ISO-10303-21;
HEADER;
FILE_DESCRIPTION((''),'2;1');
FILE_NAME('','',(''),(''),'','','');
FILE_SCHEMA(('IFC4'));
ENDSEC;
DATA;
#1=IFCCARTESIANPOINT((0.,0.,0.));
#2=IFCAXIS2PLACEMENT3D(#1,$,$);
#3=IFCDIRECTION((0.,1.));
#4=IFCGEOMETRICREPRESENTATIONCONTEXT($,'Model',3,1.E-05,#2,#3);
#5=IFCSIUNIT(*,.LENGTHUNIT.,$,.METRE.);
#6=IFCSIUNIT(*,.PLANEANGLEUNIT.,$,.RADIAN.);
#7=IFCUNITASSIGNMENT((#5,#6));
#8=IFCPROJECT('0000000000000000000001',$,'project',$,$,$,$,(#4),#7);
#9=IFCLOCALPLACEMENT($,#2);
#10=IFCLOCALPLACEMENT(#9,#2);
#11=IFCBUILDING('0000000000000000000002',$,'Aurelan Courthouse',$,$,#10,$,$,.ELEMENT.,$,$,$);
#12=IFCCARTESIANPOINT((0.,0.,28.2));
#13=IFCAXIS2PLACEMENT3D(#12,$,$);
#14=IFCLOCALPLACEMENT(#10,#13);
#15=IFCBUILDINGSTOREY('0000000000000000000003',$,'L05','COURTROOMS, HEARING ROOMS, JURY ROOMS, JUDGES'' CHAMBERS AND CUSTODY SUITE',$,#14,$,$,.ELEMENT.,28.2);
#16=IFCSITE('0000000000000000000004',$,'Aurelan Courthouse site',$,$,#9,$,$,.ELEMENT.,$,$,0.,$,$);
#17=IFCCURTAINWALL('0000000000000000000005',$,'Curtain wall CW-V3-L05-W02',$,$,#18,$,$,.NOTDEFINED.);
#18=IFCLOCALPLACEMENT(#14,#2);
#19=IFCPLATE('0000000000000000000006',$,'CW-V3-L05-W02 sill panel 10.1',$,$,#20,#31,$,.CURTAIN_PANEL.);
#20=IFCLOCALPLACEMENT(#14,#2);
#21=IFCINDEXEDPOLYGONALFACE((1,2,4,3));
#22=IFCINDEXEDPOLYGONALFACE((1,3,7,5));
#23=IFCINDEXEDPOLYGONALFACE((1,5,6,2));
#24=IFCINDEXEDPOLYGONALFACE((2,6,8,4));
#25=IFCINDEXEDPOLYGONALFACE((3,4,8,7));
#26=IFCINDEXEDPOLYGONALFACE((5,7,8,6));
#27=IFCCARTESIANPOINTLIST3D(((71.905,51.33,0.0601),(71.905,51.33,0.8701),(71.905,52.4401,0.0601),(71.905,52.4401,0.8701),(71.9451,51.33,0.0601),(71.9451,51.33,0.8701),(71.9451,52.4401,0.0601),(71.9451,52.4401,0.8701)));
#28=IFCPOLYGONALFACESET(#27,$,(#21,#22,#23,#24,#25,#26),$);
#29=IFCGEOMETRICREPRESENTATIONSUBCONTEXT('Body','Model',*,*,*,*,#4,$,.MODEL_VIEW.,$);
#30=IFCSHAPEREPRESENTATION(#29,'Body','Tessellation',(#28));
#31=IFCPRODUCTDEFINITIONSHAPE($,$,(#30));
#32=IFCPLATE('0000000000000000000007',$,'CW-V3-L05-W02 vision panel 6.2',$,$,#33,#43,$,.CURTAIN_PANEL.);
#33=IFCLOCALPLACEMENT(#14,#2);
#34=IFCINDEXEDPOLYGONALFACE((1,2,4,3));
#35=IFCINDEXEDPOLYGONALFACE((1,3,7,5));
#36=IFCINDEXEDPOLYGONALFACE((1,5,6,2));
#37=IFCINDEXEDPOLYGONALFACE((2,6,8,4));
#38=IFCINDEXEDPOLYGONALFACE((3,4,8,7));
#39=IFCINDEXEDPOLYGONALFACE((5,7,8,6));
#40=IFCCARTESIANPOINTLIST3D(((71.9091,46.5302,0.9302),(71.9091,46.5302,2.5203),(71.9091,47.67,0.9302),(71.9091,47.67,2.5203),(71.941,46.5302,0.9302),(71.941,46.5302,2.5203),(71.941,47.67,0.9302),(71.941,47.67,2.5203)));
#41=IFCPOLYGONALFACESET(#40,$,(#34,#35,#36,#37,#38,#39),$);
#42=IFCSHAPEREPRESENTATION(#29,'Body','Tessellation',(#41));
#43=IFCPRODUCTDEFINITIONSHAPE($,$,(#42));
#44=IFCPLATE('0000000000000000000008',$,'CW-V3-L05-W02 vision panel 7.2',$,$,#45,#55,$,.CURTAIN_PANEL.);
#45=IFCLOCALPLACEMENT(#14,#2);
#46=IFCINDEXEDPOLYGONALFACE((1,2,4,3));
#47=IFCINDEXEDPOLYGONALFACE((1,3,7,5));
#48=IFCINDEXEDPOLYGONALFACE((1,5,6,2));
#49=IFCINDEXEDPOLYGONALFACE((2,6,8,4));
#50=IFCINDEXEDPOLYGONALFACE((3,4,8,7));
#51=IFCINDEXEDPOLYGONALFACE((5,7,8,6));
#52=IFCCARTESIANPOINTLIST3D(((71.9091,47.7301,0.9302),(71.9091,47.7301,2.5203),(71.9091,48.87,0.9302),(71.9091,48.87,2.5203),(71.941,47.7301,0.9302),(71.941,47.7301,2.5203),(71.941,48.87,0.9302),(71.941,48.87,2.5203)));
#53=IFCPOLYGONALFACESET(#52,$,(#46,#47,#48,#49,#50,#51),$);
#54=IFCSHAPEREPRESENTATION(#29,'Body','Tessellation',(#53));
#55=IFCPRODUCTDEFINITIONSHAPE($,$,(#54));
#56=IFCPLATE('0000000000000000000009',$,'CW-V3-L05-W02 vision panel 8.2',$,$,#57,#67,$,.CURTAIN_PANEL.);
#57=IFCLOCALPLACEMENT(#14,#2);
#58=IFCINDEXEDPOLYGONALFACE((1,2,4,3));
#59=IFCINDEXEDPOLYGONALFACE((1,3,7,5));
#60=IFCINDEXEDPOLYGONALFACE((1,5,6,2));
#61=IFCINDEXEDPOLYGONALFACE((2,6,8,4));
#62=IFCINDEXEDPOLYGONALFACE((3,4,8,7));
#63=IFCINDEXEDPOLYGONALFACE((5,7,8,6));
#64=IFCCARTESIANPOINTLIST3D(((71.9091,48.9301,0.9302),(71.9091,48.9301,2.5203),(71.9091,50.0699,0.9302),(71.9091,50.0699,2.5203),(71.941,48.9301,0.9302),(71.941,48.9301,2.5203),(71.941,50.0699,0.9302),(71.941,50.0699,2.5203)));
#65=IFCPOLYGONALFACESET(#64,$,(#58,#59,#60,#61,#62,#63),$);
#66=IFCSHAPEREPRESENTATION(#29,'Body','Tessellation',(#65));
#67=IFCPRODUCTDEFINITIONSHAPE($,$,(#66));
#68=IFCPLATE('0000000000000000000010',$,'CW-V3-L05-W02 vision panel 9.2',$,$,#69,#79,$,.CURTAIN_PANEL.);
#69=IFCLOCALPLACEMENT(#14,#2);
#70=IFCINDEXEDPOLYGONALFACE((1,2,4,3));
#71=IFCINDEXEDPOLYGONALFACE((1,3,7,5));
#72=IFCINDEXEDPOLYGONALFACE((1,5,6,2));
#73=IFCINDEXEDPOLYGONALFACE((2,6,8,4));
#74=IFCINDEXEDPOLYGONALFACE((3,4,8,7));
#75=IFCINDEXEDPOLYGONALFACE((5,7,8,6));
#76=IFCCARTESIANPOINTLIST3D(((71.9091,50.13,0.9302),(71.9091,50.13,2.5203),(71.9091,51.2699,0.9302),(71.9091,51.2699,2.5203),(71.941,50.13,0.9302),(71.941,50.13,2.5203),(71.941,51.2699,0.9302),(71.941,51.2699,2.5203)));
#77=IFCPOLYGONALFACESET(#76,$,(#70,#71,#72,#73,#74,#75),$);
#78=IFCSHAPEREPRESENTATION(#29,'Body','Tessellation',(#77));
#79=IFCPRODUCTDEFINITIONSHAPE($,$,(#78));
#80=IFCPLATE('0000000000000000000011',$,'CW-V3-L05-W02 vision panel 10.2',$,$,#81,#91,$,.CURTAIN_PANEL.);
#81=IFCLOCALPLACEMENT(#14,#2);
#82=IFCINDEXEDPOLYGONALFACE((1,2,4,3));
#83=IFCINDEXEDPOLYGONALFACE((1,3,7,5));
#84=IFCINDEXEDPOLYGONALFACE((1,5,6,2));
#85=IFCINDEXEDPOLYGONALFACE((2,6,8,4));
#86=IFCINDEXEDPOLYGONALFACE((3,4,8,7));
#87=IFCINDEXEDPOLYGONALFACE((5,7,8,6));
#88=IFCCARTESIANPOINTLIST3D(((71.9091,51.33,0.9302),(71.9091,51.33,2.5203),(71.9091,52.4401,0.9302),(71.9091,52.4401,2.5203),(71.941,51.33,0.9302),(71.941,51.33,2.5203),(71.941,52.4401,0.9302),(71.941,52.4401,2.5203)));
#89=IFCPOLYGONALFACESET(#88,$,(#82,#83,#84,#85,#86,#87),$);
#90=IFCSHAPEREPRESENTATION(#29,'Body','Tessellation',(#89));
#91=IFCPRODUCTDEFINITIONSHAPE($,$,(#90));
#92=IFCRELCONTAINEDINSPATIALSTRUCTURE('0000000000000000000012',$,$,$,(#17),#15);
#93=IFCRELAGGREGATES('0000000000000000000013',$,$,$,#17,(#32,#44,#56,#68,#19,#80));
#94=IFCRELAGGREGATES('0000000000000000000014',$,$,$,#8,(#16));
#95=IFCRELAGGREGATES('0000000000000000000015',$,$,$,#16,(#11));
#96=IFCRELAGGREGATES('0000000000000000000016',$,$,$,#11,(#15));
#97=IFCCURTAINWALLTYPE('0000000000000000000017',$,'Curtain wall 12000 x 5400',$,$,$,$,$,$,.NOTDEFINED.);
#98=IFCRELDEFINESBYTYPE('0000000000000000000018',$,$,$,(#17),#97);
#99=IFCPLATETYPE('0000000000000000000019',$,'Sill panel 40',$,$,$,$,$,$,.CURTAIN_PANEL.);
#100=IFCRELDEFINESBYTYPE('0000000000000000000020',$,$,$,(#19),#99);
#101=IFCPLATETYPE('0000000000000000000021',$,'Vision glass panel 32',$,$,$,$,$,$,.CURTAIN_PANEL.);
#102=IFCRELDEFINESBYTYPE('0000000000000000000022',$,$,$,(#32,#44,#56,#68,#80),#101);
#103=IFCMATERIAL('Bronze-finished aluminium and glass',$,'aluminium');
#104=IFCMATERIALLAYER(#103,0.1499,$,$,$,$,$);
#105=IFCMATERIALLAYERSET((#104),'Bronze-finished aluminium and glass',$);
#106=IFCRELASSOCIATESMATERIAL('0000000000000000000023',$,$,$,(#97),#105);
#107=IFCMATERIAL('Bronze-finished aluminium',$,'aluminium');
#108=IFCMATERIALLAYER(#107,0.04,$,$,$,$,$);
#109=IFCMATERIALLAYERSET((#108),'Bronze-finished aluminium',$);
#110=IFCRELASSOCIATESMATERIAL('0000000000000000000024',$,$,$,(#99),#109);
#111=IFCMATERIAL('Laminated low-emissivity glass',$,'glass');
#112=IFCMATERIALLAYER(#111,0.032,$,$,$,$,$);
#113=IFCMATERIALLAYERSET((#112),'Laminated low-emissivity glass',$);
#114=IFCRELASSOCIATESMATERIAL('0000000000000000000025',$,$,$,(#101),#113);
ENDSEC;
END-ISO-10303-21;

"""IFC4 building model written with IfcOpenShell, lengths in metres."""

from ifc_helpers import new_model, si_unit, direction, frame, origin, origin_2d, place, context, subcontext, project, spatial, rectangle, extrude, material, layer, layer_set, type_object, element, aggregate, save


model = new_model("IFC4")

# Units and contexts
model_context = context("Model", 3, precision=1e-05, world=origin(), true_north=direction((0.0, 1.0)))
body_context = subcontext(model_context, "Body", "Model", "MODEL_VIEW")
ifc_project = project(units=[si_unit("LENGTHUNIT", "METRE"), si_unit("PLANEANGLEUNIT", "RADIAN")], contexts=[model_context])

# Site, building, storey
site_placement = place(None, origin())
site = spatial("IfcSite", under=ifc_project, at=site_placement, Name="Aurelan Courthouse site", CompositionType="ELEMENT", RefElevation=0.0)
building_placement = place(site_placement, origin())
building = spatial("IfcBuilding", under=site, at=building_placement, Name="Aurelan Courthouse", CompositionType="ELEMENT")
storey_placement = place(building_placement, frame((0.0, 0.0, 28.2)))
storey = spatial("IfcBuildingStorey", under=building, at=storey_placement, Name="L05", Description="COURTROOMS, HEARING ROOMS, JURY ROOMS, JUDGES' CHAMBERS AND CUSTODY SUITE", CompositionType="ELEMENT", Elevation=28.2)

# Curtain wall, plates
ifc_material_1 = material(Name="Bronze-finished aluminium and glass", Category="aluminium")
ifc_layer_1 = layer(ifc_material_1, 0.1499)
ifc_layer_set_1 = layer_set([ifc_layer_1], Name="Bronze-finished aluminium and glass")
curtain_wall_type = type_object("IfcCurtainWallType", Name="Curtain wall 12000 x 5400", PredefinedType="NOTDEFINED", material=ifc_layer_set_1)
curtain_wall_placement = place(storey_placement, origin())
curtain_wall = element("IfcCurtainWall", 1, at=curtain_wall_placement, inside=storey, type_object=curtain_wall_type, Name="Curtain wall CW-V3-L05-W02", PredefinedType="NOTDEFINED")
ifc_material_2 = material(Name="Bronze-finished aluminium", Category="aluminium")
ifc_layer_2 = layer(ifc_material_2, 0.04)
ifc_layer_set_2 = layer_set([ifc_layer_2], Name="Bronze-finished aluminium")
plate_type_1 = type_object("IfcPlateType", Name="Sill panel 40", PredefinedType="CURTAIN_PANEL", material=ifc_layer_set_2)
plate_1_placement = place(storey_placement, frame((71.925, 51.885, 0.0601), z_axis=(0.0, 0.0, 1.0), x_axis=(0.0, 1.0, 0.0)))
plate_1 = element("IfcPlate", 2, at=plate_1_placement, type_object=plate_type_1, Name="CW-V3-L05-W02 sill panel 10.1", PredefinedType="CURTAIN_PANEL", context=body_context, shape_type="SweptSolid", body=[
    extrude(rectangle(XDim=1.1101, YDim=0.04, at=origin_2d()), origin(), (0.0, 0.0, 1.0), 0.8101),
])
ifc_material_3 = material(Name="Laminated low-emissivity glass", Category="glass")
ifc_layer_3 = layer(ifc_material_3, 0.032)
ifc_layer_set_3 = layer_set([ifc_layer_3], Name="Laminated low-emissivity glass")
plate_type_2 = type_object("IfcPlateType", Name="Vision glass panel 32", PredefinedType="CURTAIN_PANEL", material=ifc_layer_set_3)
plate_2_placement = place(storey_placement, frame((71.925, 47.1001, 0.9302), z_axis=(0.0, 0.0, 1.0), x_axis=(0.0, 1.0, 0.0)))
plate_2 = element("IfcPlate", 3, at=plate_2_placement, type_object=plate_type_2, Name="CW-V3-L05-W02 vision panel 6.2", PredefinedType="CURTAIN_PANEL", context=body_context, shape_type="SweptSolid", body=[
    extrude(rectangle(XDim=1.1399, YDim=0.032, at=origin_2d()), origin(), (0.0, 0.0, 1.0), 1.5901),
])
plate_3_placement = place(storey_placement, frame((71.925, 48.3, 0.9302), z_axis=(0.0, 0.0, 1.0), x_axis=(0.0, 1.0, 0.0)))
plate_3 = element("IfcPlate", 4, at=plate_3_placement, type_object=plate_type_2, Name="CW-V3-L05-W02 vision panel 7.2", PredefinedType="CURTAIN_PANEL", context=body_context, shape_type="SweptSolid", body=[
    extrude(rectangle(XDim=1.1399, YDim=0.032, at=origin_2d()), origin(), (0.0, 0.0, 1.0), 1.5901),
])
plate_4_placement = place(storey_placement, frame((71.925, 49.5, 0.9302), z_axis=(0.0, 0.0, 1.0), x_axis=(0.0, 1.0, 0.0)))
plate_4 = element("IfcPlate", 5, at=plate_4_placement, type_object=plate_type_2, Name="CW-V3-L05-W02 vision panel 8.2", PredefinedType="CURTAIN_PANEL", context=body_context, shape_type="SweptSolid", body=[
    extrude(rectangle(XDim=1.1399, YDim=0.032, at=origin_2d()), origin(), (0.0, 0.0, 1.0), 1.5901),
])
plate_5_placement = place(storey_placement, frame((71.925, 50.7, 0.9302), z_axis=(0.0, 0.0, 1.0), x_axis=(0.0, 1.0, 0.0)))
plate_5 = element("IfcPlate", 6, at=plate_5_placement, type_object=plate_type_2, Name="CW-V3-L05-W02 vision panel 9.2", PredefinedType="CURTAIN_PANEL", context=body_context, shape_type="SweptSolid", body=[
    extrude(rectangle(XDim=1.1399, YDim=0.032, at=origin_2d()), origin(), (0.0, 0.0, 1.0), 1.5901),
])
plate_6_placement = place(storey_placement, frame((71.925, 51.885, 0.9302), z_axis=(0.0, 0.0, 1.0), x_axis=(0.0, 1.0, 0.0)))
plate_6 = element("IfcPlate", 7, at=plate_6_placement, type_object=plate_type_2, Name="CW-V3-L05-W02 vision panel 10.2", PredefinedType="CURTAIN_PANEL", context=body_context, shape_type="SweptSolid", body=[
    extrude(rectangle(XDim=1.1101, YDim=0.032, at=origin_2d()), origin(), (0.0, 0.0, 1.0), 1.5901),
])
aggregate(curtain_wall, [plate_2, plate_3, plate_4, plate_5, plate_1, plate_6])

save(model, "model.ifc")
